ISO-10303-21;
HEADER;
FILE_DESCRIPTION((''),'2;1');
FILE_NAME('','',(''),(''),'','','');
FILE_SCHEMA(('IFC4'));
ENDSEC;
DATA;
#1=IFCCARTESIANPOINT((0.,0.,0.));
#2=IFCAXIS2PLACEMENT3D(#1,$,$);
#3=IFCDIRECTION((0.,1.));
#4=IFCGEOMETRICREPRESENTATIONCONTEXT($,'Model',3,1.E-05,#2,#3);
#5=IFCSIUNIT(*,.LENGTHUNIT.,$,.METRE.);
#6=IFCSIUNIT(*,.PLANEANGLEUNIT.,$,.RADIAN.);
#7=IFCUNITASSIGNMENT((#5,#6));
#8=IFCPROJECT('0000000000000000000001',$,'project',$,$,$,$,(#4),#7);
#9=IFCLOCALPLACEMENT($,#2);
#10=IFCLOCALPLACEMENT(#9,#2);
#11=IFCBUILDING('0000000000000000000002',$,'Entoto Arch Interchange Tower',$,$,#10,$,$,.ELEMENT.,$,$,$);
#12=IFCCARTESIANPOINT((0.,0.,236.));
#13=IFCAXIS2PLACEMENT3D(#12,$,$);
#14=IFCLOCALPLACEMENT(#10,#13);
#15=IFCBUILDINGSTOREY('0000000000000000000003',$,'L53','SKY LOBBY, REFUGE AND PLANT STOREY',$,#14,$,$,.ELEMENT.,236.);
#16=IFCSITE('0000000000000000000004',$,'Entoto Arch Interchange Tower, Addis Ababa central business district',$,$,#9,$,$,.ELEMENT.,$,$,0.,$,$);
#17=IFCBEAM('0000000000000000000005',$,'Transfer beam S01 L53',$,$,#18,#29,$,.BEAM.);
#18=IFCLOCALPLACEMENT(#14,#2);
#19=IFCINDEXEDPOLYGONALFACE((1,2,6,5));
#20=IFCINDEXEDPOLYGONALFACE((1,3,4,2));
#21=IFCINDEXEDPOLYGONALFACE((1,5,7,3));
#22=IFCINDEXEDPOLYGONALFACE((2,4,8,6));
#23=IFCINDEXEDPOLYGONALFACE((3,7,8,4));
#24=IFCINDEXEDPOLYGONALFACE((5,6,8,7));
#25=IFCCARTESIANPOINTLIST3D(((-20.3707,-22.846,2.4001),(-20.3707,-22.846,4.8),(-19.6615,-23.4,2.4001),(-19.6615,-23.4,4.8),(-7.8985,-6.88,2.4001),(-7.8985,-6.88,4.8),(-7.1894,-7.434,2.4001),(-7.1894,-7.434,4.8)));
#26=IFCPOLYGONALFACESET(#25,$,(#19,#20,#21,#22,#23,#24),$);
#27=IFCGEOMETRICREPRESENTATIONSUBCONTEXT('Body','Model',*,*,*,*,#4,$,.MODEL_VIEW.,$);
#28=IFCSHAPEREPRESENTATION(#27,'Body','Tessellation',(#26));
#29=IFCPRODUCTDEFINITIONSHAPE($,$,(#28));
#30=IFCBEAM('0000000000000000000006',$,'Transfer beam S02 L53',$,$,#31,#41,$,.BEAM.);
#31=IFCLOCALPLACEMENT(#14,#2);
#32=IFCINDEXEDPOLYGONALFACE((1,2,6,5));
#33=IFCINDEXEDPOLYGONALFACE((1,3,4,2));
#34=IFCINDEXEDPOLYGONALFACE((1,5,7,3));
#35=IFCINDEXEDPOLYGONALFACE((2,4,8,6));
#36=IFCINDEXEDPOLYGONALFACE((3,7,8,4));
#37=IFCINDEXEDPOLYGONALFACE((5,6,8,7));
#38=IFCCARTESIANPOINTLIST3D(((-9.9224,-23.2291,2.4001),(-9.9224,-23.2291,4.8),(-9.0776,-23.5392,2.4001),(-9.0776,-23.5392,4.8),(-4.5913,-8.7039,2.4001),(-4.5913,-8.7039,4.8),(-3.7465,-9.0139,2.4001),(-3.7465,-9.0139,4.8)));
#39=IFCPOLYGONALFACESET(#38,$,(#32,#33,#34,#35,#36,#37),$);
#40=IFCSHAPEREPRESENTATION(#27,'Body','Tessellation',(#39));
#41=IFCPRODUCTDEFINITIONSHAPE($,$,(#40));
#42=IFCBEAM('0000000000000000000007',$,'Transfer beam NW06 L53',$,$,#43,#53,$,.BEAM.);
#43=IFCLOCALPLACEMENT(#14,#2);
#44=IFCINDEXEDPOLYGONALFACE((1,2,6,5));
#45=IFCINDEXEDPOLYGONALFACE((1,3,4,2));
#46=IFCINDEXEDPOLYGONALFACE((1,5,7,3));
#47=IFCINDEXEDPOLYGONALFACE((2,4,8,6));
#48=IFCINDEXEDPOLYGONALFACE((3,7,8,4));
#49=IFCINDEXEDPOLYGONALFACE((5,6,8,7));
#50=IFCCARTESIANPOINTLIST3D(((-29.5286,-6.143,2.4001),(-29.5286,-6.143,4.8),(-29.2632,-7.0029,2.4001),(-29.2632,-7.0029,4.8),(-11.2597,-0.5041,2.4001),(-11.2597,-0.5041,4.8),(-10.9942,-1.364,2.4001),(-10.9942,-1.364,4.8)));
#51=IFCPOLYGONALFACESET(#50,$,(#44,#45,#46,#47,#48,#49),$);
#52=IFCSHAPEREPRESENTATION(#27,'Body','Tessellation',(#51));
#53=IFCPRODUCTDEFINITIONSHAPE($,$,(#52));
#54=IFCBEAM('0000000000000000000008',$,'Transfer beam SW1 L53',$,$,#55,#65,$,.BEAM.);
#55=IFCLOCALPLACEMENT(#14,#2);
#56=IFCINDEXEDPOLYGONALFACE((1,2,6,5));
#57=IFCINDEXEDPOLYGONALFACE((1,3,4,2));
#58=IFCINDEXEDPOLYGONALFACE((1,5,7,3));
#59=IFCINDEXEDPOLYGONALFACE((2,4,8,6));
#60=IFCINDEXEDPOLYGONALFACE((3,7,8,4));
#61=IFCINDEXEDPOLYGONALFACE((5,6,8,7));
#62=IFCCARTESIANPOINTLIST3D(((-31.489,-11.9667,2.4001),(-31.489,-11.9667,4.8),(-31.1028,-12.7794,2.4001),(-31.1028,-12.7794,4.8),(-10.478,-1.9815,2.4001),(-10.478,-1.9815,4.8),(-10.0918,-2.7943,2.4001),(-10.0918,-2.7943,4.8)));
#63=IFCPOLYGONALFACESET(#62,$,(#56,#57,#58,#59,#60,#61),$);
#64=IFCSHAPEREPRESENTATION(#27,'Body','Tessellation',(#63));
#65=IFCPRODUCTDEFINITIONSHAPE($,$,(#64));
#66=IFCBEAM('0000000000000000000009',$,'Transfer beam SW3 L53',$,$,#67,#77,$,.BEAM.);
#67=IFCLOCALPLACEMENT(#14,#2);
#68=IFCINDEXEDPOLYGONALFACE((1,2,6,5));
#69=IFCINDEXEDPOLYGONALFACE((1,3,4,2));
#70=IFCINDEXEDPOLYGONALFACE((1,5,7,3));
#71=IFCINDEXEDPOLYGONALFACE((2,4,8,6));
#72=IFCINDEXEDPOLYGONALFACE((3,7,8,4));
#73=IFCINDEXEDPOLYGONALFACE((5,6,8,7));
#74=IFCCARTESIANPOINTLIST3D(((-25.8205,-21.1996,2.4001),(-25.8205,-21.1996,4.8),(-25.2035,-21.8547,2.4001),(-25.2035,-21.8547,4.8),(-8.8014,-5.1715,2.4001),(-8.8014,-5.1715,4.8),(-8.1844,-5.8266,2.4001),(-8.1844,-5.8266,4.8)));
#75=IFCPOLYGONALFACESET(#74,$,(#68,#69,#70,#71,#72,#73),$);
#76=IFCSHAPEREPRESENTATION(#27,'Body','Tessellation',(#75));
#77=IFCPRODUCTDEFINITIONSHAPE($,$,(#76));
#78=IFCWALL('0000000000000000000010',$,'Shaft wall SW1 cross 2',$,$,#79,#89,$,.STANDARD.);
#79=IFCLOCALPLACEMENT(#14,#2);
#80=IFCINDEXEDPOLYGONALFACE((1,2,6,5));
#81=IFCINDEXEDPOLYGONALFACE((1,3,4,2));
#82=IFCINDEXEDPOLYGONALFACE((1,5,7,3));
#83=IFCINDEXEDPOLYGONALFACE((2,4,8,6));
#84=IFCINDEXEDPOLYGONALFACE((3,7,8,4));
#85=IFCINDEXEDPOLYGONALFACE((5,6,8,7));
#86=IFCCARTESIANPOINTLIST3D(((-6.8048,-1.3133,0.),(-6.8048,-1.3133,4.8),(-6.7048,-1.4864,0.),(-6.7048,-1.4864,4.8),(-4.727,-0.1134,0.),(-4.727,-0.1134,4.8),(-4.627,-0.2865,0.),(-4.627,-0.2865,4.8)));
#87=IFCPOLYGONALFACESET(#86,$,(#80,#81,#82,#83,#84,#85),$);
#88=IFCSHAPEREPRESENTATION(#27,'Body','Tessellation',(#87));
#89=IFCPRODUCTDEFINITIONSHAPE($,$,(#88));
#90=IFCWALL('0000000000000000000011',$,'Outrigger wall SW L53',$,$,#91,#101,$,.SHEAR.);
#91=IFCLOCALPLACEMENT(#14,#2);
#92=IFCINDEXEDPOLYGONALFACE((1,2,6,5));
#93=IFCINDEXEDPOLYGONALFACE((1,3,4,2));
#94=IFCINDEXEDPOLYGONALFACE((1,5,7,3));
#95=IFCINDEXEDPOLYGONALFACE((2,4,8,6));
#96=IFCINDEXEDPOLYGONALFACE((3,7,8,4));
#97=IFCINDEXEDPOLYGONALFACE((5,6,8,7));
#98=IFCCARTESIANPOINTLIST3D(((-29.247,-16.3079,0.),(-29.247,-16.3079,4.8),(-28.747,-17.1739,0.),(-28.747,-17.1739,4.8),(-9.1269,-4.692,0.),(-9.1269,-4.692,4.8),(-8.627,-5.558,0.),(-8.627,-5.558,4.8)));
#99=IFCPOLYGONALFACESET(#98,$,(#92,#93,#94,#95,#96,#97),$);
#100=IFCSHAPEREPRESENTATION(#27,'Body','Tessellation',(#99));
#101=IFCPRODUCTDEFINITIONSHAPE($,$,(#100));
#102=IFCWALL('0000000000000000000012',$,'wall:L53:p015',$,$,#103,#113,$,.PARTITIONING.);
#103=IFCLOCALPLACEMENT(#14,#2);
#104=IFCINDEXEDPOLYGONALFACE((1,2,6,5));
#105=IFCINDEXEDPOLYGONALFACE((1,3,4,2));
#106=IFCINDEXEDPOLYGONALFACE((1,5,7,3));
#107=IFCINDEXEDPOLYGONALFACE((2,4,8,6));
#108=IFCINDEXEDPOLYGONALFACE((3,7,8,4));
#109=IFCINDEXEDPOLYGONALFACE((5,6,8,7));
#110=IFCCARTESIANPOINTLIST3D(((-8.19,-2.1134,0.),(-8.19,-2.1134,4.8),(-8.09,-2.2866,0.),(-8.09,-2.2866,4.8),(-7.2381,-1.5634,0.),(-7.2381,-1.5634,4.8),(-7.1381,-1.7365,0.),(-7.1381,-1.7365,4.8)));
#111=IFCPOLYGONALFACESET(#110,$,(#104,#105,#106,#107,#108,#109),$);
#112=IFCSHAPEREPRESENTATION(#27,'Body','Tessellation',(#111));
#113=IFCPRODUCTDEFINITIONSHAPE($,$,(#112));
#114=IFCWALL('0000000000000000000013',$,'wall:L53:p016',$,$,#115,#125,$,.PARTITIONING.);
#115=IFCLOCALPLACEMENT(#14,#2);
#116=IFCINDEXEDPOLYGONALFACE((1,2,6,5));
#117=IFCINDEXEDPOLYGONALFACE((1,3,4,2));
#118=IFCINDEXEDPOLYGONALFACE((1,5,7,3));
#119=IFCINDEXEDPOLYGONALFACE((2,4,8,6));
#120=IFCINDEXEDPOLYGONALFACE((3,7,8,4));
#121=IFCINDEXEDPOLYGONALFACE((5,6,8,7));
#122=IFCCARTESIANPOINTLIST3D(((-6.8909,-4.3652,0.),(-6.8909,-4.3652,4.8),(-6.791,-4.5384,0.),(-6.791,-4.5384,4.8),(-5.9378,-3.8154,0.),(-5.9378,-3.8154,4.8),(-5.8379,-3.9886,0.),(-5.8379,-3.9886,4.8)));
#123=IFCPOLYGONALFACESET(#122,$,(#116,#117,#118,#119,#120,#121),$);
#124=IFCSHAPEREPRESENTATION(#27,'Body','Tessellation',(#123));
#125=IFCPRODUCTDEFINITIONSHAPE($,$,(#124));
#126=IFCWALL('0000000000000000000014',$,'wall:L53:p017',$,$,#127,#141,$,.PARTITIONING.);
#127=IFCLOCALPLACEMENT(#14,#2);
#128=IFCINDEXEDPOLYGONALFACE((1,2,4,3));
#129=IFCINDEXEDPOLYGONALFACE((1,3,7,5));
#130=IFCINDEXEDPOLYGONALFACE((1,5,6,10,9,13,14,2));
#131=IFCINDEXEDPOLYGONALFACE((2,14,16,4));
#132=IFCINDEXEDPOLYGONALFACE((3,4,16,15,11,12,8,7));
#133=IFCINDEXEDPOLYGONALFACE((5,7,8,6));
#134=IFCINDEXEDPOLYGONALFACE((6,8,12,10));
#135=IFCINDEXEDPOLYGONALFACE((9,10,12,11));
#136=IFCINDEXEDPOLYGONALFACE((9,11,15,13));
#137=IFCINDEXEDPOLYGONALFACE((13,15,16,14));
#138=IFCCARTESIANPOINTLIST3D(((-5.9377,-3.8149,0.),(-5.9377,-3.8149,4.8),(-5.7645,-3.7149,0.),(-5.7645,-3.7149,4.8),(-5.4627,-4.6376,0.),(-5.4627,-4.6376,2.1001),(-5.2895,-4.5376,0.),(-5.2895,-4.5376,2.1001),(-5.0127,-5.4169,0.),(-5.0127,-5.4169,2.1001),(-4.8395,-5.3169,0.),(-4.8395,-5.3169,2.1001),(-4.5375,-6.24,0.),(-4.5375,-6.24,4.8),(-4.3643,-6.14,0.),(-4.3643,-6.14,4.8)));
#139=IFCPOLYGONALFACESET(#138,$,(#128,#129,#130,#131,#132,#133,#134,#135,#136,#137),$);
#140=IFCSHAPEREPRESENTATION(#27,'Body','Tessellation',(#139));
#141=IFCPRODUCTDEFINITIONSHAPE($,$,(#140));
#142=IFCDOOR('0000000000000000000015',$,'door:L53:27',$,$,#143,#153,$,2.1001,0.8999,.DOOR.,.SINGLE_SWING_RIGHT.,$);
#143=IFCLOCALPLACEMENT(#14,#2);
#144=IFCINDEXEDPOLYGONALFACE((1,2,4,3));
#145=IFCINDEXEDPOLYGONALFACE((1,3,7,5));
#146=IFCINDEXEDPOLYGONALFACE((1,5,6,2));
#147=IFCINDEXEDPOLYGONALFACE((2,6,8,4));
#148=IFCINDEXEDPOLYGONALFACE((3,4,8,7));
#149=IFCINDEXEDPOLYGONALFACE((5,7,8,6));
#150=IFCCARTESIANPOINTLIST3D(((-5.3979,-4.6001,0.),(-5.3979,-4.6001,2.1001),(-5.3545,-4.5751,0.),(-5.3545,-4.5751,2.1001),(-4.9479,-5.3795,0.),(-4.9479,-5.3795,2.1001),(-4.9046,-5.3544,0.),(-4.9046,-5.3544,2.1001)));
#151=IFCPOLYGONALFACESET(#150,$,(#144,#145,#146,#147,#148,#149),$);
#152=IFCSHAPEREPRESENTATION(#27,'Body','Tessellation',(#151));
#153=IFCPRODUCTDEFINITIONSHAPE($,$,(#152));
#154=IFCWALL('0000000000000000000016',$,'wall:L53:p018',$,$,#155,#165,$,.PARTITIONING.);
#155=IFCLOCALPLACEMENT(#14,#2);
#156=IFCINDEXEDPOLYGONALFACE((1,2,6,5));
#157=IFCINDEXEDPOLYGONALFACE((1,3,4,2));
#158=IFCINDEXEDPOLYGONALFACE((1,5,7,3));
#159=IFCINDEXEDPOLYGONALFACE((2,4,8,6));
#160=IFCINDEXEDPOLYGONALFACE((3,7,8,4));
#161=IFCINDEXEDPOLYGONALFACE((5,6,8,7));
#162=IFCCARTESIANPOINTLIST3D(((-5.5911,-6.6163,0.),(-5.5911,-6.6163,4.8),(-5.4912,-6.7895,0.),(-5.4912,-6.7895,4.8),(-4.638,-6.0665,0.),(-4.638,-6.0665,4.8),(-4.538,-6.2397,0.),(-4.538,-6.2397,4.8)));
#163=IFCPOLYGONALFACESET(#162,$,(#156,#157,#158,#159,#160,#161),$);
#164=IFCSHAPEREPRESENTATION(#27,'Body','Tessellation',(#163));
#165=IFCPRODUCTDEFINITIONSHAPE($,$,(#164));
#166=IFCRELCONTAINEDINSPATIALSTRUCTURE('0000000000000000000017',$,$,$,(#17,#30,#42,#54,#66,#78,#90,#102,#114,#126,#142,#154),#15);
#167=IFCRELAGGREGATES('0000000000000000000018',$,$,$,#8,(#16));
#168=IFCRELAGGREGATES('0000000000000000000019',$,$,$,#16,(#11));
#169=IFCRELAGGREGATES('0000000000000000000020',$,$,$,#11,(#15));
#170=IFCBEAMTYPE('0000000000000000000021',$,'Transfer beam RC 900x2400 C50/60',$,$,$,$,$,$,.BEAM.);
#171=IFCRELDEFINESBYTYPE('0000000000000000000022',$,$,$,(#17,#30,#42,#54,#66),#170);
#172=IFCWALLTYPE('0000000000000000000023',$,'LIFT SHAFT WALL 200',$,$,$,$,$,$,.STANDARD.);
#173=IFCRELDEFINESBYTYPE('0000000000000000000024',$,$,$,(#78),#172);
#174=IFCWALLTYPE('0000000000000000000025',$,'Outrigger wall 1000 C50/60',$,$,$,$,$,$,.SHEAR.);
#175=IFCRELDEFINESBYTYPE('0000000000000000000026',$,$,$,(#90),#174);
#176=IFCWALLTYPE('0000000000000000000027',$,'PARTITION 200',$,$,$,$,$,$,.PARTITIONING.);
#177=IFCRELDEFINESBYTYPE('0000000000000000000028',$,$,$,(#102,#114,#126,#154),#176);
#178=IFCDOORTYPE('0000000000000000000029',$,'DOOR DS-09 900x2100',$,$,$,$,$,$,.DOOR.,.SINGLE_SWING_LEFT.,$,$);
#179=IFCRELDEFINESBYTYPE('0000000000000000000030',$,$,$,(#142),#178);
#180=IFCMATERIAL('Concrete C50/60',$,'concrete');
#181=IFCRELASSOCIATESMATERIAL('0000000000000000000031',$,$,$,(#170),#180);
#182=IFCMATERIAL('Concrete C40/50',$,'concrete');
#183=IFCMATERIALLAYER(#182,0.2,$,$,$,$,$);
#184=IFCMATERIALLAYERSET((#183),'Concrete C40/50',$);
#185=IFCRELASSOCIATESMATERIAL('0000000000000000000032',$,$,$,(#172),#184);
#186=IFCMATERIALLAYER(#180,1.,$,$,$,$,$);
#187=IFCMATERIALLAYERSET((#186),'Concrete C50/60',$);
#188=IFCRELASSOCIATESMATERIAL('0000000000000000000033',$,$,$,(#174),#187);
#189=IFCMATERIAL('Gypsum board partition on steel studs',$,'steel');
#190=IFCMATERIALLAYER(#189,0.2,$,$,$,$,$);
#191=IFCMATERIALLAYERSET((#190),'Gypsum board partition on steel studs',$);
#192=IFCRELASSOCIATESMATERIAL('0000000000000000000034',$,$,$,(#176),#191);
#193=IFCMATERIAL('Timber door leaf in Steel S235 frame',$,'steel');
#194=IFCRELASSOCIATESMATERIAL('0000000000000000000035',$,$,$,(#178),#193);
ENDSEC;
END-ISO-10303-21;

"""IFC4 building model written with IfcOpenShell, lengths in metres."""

from ifc_helpers import new_model, si_unit, direction, frame, frame_2d, origin, origin_2d, place, context, subcontext, project, spatial, rectangle, extrude, material, layer, layer_set, material_profile, profile_set, type_object, element, fill, save


model = new_model("IFC4")

# Units and contexts
model_context = context("Model", 3, precision=1e-05, world=origin(), true_north=direction((0.0, 1.0)))
body_context = subcontext(model_context, "Body", "Model", "MODEL_VIEW")
ifc_project = project(units=[si_unit("LENGTHUNIT", "METRE"), si_unit("PLANEANGLEUNIT", "RADIAN")], contexts=[model_context])

# Site, building, storey
site_placement = place(None, origin())
site = spatial("IfcSite", under=ifc_project, at=site_placement, Name="Entoto Arch Interchange Tower, Addis Ababa central business district", CompositionType="ELEMENT", RefElevation=0.0)
building_placement = place(site_placement, origin())
building = spatial("IfcBuilding", under=site, at=building_placement, Name="Entoto Arch Interchange Tower", CompositionType="ELEMENT")
storey_placement = place(building_placement, frame((0.0, 0.0, 236.0)))
storey = spatial("IfcBuildingStorey", under=building, at=storey_placement, Name="L53", Description="SKY LOBBY, REFUGE AND PLANT STOREY", CompositionType="ELEMENT", Elevation=236.0)

# Beams
ifc_material_1 = material(Name="Concrete C50/60", Category="concrete")
ifc_material_profile = material_profile(ifc_material_1, rectangle(XDim=0.8999, YDim=2.3999, at=origin_2d()))
ifc_profile_set = profile_set([ifc_material_profile], Name="Concrete C50/60")
beam_type = type_object("IfcBeamType", Name="Transfer beam RC 900x2400 C50/60", PredefinedType="BEAM", material=ifc_profile_set)
beam_1_placement = place(storey_placement, frame((-7.5439, -7.157, 3.6001), z_axis=(-0.615604, -0.788056, 0.0), x_axis=(0.788056, -0.615604, 0.0)))
element("IfcBeam", 1, at=beam_1_placement, inside=storey, type_object=beam_type, Name="Transfer beam S01 L53", PredefinedType="BEAM", context=body_context, shape_type="SweptSolid", body=[
    extrude(rectangle(XDim=0.8999, YDim=2.3999, at=origin_2d()), origin(), (0.0, 0.0, 1.0), 20.26),
])
beam_2_placement = place(storey_placement, frame((-4.1689, -8.8589, 3.6001), z_axis=(-0.344549, -0.938768, 0.0), x_axis=(0.938768, -0.344549, 0.0)))
element("IfcBeam", 2, at=beam_2_placement, inside=storey, type_object=beam_type, Name="Transfer beam S02 L53", PredefinedType="BEAM", context=body_context, shape_type="SweptSolid", body=[
    extrude(rectangle(XDim=0.8999, YDim=2.3999, at=origin_2d()), origin(), (0.0, 0.0, 1.0), 15.4727),
])
beam_3_placement = place(storey_placement, frame((-11.127, -0.9341, 3.6001), z_axis=(-0.955519, -0.29493, 0.0), x_axis=(0.29493, -0.955519, 0.0)))
element("IfcBeam", 3, at=beam_3_placement, inside=storey, type_object=beam_type, Name="Transfer beam NW06 L53", PredefinedType="BEAM", context=body_context, shape_type="SweptSolid", body=[
    extrude(rectangle(XDim=0.8999, YDim=2.3999, at=origin_2d()), origin(), (0.0, 0.0, 1.0), 19.1194),
])
beam_4_placement = place(storey_placement, frame((-10.2849, -2.3879, 3.6001), z_axis=(-0.903196, -0.429228, 0.0), x_axis=(0.429228, -0.903196, 0.0)))
element("IfcBeam", 4, at=beam_4_placement, inside=storey, type_object=beam_type, Name="Transfer beam SW1 L53", PredefinedType="BEAM", context=body_context, shape_type="SweptSolid", body=[
    extrude(rectangle(XDim=0.8999, YDim=2.3999, at=origin_2d()), origin(), (0.0, 0.0, 1.0), 23.2629),
])
beam_5_placement = place(storey_placement, frame((-8.4929, -5.499, 3.6001), z_axis=(-0.727983, -0.685595, 0.0), x_axis=(0.685595, -0.727983, 0.0)))
element("IfcBeam", 5, at=beam_5_placement, inside=storey, type_object=beam_type, Name="Transfer beam SW3 L53", PredefinedType="BEAM", context=body_context, shape_type="SweptSolid", body=[
    extrude(rectangle(XDim=0.8999, YDim=2.3999, at=origin_2d()), origin(), (0.0, 0.0, 1.0), 23.3784),
])

# Walls
ifc_material_2 = material(Name="Concrete C40/50", Category="concrete")
ifc_layer_1 = layer(ifc_material_2, 0.2)
ifc_layer_set_1 = layer_set([ifc_layer_1], Name="Concrete C40/50")
wall_type_1 = type_object("IfcWallType", Name="LIFT SHAFT WALL 200", PredefinedType="STANDARD", material=ifc_layer_set_1)
wall_1_placement = place(storey_placement, frame((-4.677, -0.2, 0.0), z_axis=(0.0, 0.0, 1.0), x_axis=(-0.865974, -0.500089, 0.0)))
element("IfcWall", 6, at=wall_1_placement, inside=storey, type_object=wall_type_1, Name="Shaft wall SW1 cross 2", PredefinedType="STANDARD", context=body_context, shape_type="SweptSolid", body=[
    extrude(rectangle(XDim=2.3994, YDim=0.2, at=frame_2d((1.1997, 0.0))), origin(), (0.0, 0.0, 1.0), 4.8),
])
ifc_layer_2 = layer(ifc_material_1, 1.0)
ifc_layer_set_2 = layer_set([ifc_layer_2], Name="Concrete C50/60")
wall_type_2 = type_object("IfcWallType", Name="Outrigger wall 1000 C50/60", PredefinedType="SHEAR", material=ifc_layer_set_2)
wall_2_placement = place(storey_placement, frame((-8.877, -5.125, 0.0), z_axis=(0.0, 0.0, 1.0), x_axis=(-0.866033, -0.499987, 0.0)))
element("IfcWall", 7, at=wall_2_placement, inside=storey, type_object=wall_type_2, Name="Outrigger wall SW L53", PredefinedType="SHEAR", context=body_context, shape_type="SweptSolid", body=[
    extrude(rectangle(XDim=23.2324, YDim=1.0, at=frame_2d((11.6162, 0.0))), origin(), (0.0, 0.0, 1.0), 4.8),
])
ifc_material_3 = material(Name="Gypsum board partition on steel studs", Category="steel")
ifc_layer_3 = layer(ifc_material_3, 0.2)
ifc_layer_set_3 = layer_set([ifc_layer_3], Name="Gypsum board partition on steel studs")
wall_type_3 = type_object("IfcWallType", Name="PARTITION 200", PredefinedType="PARTITIONING", material=ifc_layer_set_3)
wall_3_placement = place(storey_placement, frame((-7.188, -1.6499, 0.0), z_axis=(0.0, 0.0, 1.0), x_axis=(-0.865842, -0.500318, 0.0)))
element("IfcWall", 8, at=wall_3_placement, inside=storey, type_object=wall_type_3, Name="wall:L53:p015", PredefinedType="PARTITIONING", context=body_context, shape_type="SweptSolid", body=[
    extrude(rectangle(XDim=1.0994, YDim=0.2, at=frame_2d((0.5498, 0.0))), origin(), (0.0, 0.0, 1.0), 4.8),
])
wall_4_placement = place(storey_placement, frame((-6.8411, -4.4519, 0.0), z_axis=(0.0, 0.0, 1.0), x_axis=(0.866215, 0.499671, 0.0)))
element("IfcWall", 9, at=wall_4_placement, inside=storey, type_object=wall_type_3, Name="wall:L53:p016", PredefinedType="PARTITIONING", context=body_context, shape_type="SweptSolid", body=[
    extrude(rectangle(XDim=1.1003, YDim=0.2, at=frame_2d((0.5503, 0.0))), origin(), (0.0, 0.0, 1.0), 4.8),
])

# Wall, opening, door
wall_5_placement = place(storey_placement, frame((-5.8511, -3.7649, 0.0), z_axis=(0.0, 0.0, 1.0), x_axis=(0.500012, -0.866019, 0.0)))
wall_5 = element("IfcWall", 10, at=wall_5_placement, inside=storey, type_object=wall_type_3, Name="wall:L53:p017", PredefinedType="PARTITIONING", context=body_context, shape_type="SweptSolid", body=[
    extrude(rectangle(XDim=2.8003, YDim=0.2, at=frame_2d((1.4001, 0.0))), origin(), (0.0, 0.0, 1.0), 4.8),
])
opening_1_placement = place(wall_5_placement, frame((0.95, 0.0, 0.0)))
opening_1 = element("IfcOpeningElement", 11, at=opening_1_placement, cuts=wall_5, PredefinedType="OPENING", context=body_context, shape_type="SweptSolid", body=[
    extrude(rectangle(XDim=0.8999, YDim=2.1001, at=frame_2d((0.45, 1.05))), frame((0.0, 0.1099, 0.0), z_axis=(0.0, -1.0, 0.0), x_axis=(1.0, 0.0, 0.0)), (0.0, 0.0, 1.0), 0.22),
])
ifc_material_4 = material(Name="Timber door leaf in Steel S235 frame", Category="steel")
door_type_1 = type_object("IfcDoorType", Name="DOOR DS-09 900x2100", OperationType="SINGLE_SWING_LEFT", PredefinedType="DOOR", material=ifc_material_4)
door_1_placement = place(opening_1_placement, origin())
door_1 = element("IfcDoor", 12, at=door_1_placement, inside=storey, type_object=door_type_1, Name="door:L53:27", OperationType="SINGLE_SWING_RIGHT", OverallHeight=2.1001, OverallWidth=0.8999, PredefinedType="DOOR", context=body_context, shape_type="SweptSolid", body=[
    extrude(rectangle(XDim=0.8999, YDim=2.1001, at=frame_2d((0.45, 1.05))), frame((0.0, 0.0249, 0.0), z_axis=(0.0, -1.0, 0.0), x_axis=(1.0, 0.0, 0.0)), (0.0, 0.0, 1.0), 0.05),
])
fill(opening_1, door_1)

# Wall
wall_6_placement = place(storey_placement, frame((-4.5879, -6.1531, 0.0), z_axis=(0.0, 0.0, 1.0), x_axis=(-0.866215, -0.499671, 0.0)))
element("IfcWall", 13, at=wall_6_placement, inside=storey, type_object=wall_type_3, Name="wall:L53:p018", PredefinedType="PARTITIONING", context=body_context, shape_type="SweptSolid", body=[
    extrude(rectangle(XDim=1.1003, YDim=0.2, at=frame_2d((0.5503, 0.0))), origin(), (0.0, 0.0, 1.0), 4.8),
])

save(model, "model.ifc")
